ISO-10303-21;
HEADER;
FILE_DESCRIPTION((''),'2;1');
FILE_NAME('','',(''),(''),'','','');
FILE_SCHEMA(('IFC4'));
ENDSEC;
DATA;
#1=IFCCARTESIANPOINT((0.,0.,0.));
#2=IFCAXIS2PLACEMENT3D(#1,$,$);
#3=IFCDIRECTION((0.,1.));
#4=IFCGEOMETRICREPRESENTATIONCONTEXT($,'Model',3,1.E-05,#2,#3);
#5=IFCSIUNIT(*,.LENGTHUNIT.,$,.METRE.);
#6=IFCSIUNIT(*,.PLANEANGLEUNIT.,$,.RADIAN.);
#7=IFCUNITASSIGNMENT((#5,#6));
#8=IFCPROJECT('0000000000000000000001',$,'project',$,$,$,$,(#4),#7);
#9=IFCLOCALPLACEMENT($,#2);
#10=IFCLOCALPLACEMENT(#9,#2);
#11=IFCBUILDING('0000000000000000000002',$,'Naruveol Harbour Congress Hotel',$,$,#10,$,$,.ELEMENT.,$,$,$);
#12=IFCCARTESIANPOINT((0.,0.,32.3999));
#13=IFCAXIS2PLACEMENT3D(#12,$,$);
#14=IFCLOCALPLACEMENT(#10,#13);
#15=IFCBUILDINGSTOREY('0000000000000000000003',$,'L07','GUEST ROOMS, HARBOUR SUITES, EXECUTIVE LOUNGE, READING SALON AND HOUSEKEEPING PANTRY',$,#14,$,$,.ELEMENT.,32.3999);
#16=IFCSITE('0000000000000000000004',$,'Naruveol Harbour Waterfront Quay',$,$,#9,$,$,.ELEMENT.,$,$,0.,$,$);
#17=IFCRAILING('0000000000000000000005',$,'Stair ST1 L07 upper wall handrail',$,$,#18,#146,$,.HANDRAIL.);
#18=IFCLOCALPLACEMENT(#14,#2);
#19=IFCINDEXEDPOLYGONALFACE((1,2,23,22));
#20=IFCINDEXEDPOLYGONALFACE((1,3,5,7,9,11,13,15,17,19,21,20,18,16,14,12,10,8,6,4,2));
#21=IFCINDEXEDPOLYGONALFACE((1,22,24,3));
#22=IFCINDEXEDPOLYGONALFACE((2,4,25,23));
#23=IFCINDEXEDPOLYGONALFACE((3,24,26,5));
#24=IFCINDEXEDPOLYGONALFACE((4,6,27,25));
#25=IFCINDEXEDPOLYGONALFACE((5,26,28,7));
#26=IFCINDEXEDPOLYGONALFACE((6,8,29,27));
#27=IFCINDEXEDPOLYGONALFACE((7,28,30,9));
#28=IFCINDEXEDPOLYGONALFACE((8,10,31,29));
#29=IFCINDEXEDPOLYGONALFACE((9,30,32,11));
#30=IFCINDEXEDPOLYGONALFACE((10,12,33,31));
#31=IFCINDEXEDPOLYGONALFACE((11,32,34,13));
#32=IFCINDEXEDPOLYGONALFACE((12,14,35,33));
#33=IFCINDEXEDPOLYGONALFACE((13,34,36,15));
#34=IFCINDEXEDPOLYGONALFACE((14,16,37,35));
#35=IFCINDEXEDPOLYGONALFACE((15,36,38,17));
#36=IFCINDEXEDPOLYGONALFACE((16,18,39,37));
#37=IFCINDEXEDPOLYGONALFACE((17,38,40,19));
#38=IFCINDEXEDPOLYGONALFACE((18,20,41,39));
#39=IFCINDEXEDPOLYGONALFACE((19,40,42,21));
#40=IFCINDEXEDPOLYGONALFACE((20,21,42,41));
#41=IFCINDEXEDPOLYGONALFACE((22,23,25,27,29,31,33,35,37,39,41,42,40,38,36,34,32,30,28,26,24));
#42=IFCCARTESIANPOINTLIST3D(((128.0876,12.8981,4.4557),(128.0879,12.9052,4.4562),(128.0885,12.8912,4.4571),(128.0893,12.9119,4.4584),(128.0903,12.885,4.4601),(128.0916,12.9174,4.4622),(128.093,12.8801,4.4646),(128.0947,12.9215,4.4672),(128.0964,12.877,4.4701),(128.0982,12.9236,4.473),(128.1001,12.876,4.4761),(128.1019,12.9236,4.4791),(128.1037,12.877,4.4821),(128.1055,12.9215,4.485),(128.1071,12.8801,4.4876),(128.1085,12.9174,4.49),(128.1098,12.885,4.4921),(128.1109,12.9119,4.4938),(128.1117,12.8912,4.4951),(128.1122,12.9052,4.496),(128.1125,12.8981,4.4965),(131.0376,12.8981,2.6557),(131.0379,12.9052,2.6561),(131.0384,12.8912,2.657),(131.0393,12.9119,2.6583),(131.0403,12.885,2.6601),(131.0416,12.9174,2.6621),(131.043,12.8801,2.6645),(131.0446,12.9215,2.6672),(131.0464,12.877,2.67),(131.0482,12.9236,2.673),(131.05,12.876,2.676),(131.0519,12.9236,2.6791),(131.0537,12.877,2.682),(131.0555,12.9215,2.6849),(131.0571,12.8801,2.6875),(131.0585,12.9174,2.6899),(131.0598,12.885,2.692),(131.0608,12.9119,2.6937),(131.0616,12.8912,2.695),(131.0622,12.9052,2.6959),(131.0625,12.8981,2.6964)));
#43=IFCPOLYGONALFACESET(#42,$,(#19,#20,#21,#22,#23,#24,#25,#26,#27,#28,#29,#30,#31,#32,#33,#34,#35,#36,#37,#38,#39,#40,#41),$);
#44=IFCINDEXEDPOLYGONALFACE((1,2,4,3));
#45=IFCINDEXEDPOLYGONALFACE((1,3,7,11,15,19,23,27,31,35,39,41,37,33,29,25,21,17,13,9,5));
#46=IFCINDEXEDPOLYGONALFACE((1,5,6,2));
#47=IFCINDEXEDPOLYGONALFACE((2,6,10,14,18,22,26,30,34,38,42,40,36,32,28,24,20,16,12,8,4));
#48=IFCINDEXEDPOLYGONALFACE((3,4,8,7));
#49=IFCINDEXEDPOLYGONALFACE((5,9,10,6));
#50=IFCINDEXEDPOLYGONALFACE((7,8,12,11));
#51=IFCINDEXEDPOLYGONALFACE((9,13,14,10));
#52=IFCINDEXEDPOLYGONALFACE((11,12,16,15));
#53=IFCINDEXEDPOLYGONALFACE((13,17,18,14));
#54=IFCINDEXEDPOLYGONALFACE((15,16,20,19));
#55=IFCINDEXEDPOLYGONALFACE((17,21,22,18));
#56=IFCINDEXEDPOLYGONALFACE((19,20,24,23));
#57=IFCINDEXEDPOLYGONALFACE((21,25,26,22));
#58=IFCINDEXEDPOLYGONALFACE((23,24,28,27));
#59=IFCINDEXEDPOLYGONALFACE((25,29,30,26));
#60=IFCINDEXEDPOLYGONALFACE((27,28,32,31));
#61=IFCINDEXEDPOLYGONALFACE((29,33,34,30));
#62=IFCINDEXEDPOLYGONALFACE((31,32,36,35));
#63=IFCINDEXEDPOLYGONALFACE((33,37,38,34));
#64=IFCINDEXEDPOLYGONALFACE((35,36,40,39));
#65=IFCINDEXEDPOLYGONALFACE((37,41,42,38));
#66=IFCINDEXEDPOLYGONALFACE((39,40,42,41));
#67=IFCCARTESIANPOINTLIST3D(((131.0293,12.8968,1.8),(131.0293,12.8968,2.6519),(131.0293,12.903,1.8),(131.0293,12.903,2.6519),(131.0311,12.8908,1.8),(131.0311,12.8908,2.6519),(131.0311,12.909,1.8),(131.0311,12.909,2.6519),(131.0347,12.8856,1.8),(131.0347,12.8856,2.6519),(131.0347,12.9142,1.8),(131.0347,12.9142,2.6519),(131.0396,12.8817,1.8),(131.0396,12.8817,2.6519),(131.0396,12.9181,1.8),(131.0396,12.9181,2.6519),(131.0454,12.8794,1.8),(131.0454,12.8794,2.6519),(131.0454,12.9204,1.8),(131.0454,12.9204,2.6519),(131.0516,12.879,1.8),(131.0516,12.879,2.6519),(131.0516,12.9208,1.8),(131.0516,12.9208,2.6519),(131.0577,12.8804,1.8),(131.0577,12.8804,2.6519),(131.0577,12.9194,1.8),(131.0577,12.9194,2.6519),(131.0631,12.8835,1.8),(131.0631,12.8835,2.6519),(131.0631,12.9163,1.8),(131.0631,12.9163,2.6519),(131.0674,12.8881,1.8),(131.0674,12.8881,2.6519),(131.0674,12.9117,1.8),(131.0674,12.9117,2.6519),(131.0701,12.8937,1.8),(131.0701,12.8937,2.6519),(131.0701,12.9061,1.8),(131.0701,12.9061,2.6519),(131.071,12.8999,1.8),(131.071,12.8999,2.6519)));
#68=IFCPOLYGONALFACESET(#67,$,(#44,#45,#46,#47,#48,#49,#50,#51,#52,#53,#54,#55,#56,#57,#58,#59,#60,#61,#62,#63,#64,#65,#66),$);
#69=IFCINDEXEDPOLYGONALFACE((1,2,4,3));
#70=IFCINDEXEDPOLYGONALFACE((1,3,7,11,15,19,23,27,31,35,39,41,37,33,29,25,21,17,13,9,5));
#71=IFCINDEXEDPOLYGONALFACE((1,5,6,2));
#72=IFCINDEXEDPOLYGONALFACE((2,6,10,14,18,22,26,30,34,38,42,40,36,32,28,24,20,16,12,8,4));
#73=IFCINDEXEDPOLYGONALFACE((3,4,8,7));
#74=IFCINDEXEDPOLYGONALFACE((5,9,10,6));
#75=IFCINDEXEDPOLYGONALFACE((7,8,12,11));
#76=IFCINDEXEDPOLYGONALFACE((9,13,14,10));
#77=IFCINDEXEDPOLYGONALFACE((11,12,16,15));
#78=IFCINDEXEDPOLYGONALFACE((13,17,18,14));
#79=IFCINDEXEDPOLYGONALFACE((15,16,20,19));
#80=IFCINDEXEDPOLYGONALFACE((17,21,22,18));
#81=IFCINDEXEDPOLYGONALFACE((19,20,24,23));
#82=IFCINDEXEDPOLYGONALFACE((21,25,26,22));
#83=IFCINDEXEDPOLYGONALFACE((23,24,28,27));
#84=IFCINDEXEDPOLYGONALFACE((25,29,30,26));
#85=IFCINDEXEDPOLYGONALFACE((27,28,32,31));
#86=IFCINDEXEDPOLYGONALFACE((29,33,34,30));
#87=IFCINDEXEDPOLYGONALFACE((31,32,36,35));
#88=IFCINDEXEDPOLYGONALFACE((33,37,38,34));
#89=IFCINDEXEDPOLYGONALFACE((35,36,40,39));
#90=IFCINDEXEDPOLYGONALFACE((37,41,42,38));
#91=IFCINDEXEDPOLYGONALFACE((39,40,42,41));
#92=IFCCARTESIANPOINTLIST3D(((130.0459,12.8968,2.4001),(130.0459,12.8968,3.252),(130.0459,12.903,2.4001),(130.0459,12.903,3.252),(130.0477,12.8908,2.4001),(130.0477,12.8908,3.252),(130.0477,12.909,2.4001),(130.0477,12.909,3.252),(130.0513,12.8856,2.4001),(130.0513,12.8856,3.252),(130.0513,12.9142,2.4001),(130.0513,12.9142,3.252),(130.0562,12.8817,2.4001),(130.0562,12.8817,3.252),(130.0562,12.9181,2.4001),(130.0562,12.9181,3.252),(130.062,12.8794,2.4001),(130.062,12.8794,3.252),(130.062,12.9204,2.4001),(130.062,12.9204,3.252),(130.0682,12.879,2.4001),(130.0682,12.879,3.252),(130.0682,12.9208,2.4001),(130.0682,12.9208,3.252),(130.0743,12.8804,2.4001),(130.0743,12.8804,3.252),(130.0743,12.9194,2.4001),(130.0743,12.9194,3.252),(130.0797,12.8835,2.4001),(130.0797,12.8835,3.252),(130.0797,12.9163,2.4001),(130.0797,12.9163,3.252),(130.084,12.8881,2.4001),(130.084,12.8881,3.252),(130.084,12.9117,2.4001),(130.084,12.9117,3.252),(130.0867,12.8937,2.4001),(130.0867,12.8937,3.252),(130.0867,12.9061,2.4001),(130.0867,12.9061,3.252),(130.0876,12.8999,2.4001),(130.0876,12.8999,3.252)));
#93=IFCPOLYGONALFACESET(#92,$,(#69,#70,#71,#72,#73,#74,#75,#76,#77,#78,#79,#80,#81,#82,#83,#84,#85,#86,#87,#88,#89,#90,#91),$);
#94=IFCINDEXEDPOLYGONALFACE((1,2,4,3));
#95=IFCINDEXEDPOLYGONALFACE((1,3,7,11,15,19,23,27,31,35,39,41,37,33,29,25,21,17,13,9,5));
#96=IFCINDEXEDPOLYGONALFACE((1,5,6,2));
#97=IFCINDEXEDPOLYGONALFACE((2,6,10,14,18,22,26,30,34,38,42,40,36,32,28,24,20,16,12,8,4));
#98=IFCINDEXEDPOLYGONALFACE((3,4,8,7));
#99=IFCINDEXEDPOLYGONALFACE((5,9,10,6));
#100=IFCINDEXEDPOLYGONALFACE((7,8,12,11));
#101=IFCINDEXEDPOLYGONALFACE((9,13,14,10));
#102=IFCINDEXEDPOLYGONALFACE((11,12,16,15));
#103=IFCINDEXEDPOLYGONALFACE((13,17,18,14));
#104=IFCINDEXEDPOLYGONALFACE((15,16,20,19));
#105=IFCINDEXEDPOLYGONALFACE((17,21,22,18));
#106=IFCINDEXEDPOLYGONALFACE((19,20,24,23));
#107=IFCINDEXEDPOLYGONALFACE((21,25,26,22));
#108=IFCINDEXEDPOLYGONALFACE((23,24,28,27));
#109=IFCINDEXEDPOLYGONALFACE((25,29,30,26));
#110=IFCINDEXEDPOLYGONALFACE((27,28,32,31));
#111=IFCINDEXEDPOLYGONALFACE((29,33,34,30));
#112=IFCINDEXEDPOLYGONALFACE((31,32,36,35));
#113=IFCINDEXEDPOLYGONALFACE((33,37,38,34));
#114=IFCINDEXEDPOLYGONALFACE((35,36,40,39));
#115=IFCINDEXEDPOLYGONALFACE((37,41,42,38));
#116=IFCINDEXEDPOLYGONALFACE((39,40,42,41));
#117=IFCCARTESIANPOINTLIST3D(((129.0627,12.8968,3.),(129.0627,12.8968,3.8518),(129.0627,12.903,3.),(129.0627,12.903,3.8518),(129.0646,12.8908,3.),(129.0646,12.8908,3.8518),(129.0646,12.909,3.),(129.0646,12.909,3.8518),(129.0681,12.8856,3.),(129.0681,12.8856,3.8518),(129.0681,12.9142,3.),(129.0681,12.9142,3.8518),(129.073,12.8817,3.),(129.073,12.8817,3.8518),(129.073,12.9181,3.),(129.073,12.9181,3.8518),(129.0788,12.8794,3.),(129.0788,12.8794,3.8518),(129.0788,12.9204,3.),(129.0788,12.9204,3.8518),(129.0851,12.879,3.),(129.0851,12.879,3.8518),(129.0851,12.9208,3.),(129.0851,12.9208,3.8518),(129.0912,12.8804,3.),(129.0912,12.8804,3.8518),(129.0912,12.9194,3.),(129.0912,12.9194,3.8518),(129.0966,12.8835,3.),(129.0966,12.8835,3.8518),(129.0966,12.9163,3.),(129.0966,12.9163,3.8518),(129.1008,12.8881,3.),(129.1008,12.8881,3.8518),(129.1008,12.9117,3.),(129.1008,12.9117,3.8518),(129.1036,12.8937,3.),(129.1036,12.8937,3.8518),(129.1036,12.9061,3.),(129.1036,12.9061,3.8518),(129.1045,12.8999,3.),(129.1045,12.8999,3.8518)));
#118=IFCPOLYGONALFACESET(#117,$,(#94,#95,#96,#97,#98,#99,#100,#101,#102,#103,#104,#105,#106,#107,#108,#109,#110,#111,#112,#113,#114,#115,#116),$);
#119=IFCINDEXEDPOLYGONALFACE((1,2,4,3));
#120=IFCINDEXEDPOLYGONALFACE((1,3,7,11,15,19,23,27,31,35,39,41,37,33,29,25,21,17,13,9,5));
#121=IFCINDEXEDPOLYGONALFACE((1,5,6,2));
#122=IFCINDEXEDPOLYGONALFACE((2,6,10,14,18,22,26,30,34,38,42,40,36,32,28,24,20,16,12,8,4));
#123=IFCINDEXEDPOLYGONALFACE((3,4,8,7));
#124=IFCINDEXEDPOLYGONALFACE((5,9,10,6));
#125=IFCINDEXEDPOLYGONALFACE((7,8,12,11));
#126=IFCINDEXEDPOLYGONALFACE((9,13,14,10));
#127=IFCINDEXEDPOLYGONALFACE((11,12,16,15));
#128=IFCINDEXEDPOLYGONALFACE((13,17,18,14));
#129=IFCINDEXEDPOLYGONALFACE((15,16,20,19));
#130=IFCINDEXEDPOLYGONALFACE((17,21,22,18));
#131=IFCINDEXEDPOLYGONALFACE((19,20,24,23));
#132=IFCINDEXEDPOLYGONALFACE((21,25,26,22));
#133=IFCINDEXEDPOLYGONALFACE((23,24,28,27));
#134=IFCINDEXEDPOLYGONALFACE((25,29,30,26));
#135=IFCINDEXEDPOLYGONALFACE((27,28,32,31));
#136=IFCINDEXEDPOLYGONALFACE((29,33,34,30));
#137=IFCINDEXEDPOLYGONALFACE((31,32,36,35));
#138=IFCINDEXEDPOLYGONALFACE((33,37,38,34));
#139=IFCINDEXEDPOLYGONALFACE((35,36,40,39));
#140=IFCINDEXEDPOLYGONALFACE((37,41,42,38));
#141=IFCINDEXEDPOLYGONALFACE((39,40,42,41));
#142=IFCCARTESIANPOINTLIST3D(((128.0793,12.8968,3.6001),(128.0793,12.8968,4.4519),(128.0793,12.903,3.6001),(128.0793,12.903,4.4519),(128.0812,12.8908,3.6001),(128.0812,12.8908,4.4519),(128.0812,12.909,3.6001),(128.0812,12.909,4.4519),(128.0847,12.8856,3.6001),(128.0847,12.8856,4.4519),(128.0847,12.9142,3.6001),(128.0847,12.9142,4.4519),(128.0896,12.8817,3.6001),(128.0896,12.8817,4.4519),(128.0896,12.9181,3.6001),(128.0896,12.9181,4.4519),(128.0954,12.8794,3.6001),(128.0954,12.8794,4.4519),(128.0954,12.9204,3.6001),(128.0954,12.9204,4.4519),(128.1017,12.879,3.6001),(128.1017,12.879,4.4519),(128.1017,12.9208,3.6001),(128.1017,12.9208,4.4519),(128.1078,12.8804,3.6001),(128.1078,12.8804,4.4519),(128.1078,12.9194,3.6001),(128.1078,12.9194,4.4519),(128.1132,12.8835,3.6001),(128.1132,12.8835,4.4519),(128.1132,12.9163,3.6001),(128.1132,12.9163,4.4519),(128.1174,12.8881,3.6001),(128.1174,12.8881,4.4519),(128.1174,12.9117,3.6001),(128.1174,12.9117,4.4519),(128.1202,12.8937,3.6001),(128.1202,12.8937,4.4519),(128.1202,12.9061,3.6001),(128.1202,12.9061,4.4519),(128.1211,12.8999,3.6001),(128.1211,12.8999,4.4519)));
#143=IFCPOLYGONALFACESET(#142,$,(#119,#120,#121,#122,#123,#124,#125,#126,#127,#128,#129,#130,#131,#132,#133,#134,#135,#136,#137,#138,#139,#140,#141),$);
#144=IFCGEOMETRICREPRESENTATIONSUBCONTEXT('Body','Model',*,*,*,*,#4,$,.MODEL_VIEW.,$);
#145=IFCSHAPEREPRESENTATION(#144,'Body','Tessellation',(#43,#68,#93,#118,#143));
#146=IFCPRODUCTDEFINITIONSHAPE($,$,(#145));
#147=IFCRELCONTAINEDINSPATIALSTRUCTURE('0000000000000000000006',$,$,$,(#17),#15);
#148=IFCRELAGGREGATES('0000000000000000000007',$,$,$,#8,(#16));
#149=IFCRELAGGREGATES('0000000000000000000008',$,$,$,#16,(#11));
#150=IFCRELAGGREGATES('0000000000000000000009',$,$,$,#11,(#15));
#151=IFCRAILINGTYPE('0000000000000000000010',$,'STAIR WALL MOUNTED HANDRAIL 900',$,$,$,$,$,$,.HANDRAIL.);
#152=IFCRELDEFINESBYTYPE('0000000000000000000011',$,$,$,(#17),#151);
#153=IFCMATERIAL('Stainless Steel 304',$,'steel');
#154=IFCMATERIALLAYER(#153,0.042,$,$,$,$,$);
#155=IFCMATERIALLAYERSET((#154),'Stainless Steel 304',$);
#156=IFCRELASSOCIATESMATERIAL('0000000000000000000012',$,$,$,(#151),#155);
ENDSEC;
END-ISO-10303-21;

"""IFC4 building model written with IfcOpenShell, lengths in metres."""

from ifc_helpers import new_model, si_unit, direction, frame, origin, origin_2d, place, context, subcontext, project, spatial, circle, extrude, material, layer, layer_set, type_object, element, save


model = new_model("IFC4")

# Units and contexts
model_context = context("Model", 3, precision=1e-05, world=origin(), true_north=direction((0.0, 1.0)))
body_context = subcontext(model_context, "Body", "Model", "MODEL_VIEW")
ifc_project = project(units=[si_unit("LENGTHUNIT", "METRE"), si_unit("PLANEANGLEUNIT", "RADIAN")], contexts=[model_context])

# Site, building, storey
site_placement = place(None, origin())
site = spatial("IfcSite", under=ifc_project, at=site_placement, Name="Naruveol Harbour Waterfront Quay", CompositionType="ELEMENT", RefElevation=0.0)
building_placement = place(site_placement, origin())
building = spatial("IfcBuilding", under=site, at=building_placement, Name="Naruveol Harbour Congress Hotel", CompositionType="ELEMENT")
storey_placement = place(building_placement, frame((0.0, 0.0, 32.3999)))
storey = spatial("IfcBuildingStorey", under=building, at=storey_placement, Name="L07", Description="GUEST ROOMS, HARBOUR SUITES, EXECUTIVE LOUNGE, READING SALON AND HOUSEKEEPING PANTRY", CompositionType="ELEMENT", Elevation=32.3999)

# Railing
ifc_material_1 = material(Name="Stainless Steel 304", Category="steel")
ifc_layer_1 = layer(ifc_material_1, 0.042)
ifc_layer_set_1 = layer_set([ifc_layer_1], Name="Stainless Steel 304")
railing_type_1 = type_object("IfcRailingType", Name="STAIR WALL MOUNTED HANDRAIL 900", PredefinedType="HANDRAIL", material=ifc_layer_set_1)
railing_1_placement = place(storey_placement, frame((131.05, 12.8999, 1.8)))
element("IfcRailing", 1, at=railing_1_placement, inside=storey, type_object=railing_type_1, Name="Stair ST1 L07 upper wall handrail", PredefinedType="HANDRAIL", context=body_context, shape_type="SweptSolid", body=[
    extrude(circle(Radius=0.0239, at=origin_2d()), frame((0.0, 0.0, 0.876), z_axis=(-0.853629, 0.0, 0.520881), x_axis=(0.0, -1.0, 0.0)), (0.0, 0.0, 1.0), 3.4558),
    extrude(circle(Radius=0.021, at=origin_2d()), origin(), (0.0, 0.0, 1.0), 0.8518),
    extrude(circle(Radius=0.021, at=origin_2d()), frame((-0.9834, 0.0, 0.6001)), (0.0, 0.0, 1.0), 0.8518),
    extrude(circle(Radius=0.021, at=origin_2d()), frame((-1.9666, 0.0, 1.2)), (0.0, 0.0, 1.0), 0.8518),
    extrude(circle(Radius=0.021, at=origin_2d()), frame((-2.95, 0.0, 1.8)), (0.0, 0.0, 1.0), 0.8518),
])

save(model, "model.ifc")
